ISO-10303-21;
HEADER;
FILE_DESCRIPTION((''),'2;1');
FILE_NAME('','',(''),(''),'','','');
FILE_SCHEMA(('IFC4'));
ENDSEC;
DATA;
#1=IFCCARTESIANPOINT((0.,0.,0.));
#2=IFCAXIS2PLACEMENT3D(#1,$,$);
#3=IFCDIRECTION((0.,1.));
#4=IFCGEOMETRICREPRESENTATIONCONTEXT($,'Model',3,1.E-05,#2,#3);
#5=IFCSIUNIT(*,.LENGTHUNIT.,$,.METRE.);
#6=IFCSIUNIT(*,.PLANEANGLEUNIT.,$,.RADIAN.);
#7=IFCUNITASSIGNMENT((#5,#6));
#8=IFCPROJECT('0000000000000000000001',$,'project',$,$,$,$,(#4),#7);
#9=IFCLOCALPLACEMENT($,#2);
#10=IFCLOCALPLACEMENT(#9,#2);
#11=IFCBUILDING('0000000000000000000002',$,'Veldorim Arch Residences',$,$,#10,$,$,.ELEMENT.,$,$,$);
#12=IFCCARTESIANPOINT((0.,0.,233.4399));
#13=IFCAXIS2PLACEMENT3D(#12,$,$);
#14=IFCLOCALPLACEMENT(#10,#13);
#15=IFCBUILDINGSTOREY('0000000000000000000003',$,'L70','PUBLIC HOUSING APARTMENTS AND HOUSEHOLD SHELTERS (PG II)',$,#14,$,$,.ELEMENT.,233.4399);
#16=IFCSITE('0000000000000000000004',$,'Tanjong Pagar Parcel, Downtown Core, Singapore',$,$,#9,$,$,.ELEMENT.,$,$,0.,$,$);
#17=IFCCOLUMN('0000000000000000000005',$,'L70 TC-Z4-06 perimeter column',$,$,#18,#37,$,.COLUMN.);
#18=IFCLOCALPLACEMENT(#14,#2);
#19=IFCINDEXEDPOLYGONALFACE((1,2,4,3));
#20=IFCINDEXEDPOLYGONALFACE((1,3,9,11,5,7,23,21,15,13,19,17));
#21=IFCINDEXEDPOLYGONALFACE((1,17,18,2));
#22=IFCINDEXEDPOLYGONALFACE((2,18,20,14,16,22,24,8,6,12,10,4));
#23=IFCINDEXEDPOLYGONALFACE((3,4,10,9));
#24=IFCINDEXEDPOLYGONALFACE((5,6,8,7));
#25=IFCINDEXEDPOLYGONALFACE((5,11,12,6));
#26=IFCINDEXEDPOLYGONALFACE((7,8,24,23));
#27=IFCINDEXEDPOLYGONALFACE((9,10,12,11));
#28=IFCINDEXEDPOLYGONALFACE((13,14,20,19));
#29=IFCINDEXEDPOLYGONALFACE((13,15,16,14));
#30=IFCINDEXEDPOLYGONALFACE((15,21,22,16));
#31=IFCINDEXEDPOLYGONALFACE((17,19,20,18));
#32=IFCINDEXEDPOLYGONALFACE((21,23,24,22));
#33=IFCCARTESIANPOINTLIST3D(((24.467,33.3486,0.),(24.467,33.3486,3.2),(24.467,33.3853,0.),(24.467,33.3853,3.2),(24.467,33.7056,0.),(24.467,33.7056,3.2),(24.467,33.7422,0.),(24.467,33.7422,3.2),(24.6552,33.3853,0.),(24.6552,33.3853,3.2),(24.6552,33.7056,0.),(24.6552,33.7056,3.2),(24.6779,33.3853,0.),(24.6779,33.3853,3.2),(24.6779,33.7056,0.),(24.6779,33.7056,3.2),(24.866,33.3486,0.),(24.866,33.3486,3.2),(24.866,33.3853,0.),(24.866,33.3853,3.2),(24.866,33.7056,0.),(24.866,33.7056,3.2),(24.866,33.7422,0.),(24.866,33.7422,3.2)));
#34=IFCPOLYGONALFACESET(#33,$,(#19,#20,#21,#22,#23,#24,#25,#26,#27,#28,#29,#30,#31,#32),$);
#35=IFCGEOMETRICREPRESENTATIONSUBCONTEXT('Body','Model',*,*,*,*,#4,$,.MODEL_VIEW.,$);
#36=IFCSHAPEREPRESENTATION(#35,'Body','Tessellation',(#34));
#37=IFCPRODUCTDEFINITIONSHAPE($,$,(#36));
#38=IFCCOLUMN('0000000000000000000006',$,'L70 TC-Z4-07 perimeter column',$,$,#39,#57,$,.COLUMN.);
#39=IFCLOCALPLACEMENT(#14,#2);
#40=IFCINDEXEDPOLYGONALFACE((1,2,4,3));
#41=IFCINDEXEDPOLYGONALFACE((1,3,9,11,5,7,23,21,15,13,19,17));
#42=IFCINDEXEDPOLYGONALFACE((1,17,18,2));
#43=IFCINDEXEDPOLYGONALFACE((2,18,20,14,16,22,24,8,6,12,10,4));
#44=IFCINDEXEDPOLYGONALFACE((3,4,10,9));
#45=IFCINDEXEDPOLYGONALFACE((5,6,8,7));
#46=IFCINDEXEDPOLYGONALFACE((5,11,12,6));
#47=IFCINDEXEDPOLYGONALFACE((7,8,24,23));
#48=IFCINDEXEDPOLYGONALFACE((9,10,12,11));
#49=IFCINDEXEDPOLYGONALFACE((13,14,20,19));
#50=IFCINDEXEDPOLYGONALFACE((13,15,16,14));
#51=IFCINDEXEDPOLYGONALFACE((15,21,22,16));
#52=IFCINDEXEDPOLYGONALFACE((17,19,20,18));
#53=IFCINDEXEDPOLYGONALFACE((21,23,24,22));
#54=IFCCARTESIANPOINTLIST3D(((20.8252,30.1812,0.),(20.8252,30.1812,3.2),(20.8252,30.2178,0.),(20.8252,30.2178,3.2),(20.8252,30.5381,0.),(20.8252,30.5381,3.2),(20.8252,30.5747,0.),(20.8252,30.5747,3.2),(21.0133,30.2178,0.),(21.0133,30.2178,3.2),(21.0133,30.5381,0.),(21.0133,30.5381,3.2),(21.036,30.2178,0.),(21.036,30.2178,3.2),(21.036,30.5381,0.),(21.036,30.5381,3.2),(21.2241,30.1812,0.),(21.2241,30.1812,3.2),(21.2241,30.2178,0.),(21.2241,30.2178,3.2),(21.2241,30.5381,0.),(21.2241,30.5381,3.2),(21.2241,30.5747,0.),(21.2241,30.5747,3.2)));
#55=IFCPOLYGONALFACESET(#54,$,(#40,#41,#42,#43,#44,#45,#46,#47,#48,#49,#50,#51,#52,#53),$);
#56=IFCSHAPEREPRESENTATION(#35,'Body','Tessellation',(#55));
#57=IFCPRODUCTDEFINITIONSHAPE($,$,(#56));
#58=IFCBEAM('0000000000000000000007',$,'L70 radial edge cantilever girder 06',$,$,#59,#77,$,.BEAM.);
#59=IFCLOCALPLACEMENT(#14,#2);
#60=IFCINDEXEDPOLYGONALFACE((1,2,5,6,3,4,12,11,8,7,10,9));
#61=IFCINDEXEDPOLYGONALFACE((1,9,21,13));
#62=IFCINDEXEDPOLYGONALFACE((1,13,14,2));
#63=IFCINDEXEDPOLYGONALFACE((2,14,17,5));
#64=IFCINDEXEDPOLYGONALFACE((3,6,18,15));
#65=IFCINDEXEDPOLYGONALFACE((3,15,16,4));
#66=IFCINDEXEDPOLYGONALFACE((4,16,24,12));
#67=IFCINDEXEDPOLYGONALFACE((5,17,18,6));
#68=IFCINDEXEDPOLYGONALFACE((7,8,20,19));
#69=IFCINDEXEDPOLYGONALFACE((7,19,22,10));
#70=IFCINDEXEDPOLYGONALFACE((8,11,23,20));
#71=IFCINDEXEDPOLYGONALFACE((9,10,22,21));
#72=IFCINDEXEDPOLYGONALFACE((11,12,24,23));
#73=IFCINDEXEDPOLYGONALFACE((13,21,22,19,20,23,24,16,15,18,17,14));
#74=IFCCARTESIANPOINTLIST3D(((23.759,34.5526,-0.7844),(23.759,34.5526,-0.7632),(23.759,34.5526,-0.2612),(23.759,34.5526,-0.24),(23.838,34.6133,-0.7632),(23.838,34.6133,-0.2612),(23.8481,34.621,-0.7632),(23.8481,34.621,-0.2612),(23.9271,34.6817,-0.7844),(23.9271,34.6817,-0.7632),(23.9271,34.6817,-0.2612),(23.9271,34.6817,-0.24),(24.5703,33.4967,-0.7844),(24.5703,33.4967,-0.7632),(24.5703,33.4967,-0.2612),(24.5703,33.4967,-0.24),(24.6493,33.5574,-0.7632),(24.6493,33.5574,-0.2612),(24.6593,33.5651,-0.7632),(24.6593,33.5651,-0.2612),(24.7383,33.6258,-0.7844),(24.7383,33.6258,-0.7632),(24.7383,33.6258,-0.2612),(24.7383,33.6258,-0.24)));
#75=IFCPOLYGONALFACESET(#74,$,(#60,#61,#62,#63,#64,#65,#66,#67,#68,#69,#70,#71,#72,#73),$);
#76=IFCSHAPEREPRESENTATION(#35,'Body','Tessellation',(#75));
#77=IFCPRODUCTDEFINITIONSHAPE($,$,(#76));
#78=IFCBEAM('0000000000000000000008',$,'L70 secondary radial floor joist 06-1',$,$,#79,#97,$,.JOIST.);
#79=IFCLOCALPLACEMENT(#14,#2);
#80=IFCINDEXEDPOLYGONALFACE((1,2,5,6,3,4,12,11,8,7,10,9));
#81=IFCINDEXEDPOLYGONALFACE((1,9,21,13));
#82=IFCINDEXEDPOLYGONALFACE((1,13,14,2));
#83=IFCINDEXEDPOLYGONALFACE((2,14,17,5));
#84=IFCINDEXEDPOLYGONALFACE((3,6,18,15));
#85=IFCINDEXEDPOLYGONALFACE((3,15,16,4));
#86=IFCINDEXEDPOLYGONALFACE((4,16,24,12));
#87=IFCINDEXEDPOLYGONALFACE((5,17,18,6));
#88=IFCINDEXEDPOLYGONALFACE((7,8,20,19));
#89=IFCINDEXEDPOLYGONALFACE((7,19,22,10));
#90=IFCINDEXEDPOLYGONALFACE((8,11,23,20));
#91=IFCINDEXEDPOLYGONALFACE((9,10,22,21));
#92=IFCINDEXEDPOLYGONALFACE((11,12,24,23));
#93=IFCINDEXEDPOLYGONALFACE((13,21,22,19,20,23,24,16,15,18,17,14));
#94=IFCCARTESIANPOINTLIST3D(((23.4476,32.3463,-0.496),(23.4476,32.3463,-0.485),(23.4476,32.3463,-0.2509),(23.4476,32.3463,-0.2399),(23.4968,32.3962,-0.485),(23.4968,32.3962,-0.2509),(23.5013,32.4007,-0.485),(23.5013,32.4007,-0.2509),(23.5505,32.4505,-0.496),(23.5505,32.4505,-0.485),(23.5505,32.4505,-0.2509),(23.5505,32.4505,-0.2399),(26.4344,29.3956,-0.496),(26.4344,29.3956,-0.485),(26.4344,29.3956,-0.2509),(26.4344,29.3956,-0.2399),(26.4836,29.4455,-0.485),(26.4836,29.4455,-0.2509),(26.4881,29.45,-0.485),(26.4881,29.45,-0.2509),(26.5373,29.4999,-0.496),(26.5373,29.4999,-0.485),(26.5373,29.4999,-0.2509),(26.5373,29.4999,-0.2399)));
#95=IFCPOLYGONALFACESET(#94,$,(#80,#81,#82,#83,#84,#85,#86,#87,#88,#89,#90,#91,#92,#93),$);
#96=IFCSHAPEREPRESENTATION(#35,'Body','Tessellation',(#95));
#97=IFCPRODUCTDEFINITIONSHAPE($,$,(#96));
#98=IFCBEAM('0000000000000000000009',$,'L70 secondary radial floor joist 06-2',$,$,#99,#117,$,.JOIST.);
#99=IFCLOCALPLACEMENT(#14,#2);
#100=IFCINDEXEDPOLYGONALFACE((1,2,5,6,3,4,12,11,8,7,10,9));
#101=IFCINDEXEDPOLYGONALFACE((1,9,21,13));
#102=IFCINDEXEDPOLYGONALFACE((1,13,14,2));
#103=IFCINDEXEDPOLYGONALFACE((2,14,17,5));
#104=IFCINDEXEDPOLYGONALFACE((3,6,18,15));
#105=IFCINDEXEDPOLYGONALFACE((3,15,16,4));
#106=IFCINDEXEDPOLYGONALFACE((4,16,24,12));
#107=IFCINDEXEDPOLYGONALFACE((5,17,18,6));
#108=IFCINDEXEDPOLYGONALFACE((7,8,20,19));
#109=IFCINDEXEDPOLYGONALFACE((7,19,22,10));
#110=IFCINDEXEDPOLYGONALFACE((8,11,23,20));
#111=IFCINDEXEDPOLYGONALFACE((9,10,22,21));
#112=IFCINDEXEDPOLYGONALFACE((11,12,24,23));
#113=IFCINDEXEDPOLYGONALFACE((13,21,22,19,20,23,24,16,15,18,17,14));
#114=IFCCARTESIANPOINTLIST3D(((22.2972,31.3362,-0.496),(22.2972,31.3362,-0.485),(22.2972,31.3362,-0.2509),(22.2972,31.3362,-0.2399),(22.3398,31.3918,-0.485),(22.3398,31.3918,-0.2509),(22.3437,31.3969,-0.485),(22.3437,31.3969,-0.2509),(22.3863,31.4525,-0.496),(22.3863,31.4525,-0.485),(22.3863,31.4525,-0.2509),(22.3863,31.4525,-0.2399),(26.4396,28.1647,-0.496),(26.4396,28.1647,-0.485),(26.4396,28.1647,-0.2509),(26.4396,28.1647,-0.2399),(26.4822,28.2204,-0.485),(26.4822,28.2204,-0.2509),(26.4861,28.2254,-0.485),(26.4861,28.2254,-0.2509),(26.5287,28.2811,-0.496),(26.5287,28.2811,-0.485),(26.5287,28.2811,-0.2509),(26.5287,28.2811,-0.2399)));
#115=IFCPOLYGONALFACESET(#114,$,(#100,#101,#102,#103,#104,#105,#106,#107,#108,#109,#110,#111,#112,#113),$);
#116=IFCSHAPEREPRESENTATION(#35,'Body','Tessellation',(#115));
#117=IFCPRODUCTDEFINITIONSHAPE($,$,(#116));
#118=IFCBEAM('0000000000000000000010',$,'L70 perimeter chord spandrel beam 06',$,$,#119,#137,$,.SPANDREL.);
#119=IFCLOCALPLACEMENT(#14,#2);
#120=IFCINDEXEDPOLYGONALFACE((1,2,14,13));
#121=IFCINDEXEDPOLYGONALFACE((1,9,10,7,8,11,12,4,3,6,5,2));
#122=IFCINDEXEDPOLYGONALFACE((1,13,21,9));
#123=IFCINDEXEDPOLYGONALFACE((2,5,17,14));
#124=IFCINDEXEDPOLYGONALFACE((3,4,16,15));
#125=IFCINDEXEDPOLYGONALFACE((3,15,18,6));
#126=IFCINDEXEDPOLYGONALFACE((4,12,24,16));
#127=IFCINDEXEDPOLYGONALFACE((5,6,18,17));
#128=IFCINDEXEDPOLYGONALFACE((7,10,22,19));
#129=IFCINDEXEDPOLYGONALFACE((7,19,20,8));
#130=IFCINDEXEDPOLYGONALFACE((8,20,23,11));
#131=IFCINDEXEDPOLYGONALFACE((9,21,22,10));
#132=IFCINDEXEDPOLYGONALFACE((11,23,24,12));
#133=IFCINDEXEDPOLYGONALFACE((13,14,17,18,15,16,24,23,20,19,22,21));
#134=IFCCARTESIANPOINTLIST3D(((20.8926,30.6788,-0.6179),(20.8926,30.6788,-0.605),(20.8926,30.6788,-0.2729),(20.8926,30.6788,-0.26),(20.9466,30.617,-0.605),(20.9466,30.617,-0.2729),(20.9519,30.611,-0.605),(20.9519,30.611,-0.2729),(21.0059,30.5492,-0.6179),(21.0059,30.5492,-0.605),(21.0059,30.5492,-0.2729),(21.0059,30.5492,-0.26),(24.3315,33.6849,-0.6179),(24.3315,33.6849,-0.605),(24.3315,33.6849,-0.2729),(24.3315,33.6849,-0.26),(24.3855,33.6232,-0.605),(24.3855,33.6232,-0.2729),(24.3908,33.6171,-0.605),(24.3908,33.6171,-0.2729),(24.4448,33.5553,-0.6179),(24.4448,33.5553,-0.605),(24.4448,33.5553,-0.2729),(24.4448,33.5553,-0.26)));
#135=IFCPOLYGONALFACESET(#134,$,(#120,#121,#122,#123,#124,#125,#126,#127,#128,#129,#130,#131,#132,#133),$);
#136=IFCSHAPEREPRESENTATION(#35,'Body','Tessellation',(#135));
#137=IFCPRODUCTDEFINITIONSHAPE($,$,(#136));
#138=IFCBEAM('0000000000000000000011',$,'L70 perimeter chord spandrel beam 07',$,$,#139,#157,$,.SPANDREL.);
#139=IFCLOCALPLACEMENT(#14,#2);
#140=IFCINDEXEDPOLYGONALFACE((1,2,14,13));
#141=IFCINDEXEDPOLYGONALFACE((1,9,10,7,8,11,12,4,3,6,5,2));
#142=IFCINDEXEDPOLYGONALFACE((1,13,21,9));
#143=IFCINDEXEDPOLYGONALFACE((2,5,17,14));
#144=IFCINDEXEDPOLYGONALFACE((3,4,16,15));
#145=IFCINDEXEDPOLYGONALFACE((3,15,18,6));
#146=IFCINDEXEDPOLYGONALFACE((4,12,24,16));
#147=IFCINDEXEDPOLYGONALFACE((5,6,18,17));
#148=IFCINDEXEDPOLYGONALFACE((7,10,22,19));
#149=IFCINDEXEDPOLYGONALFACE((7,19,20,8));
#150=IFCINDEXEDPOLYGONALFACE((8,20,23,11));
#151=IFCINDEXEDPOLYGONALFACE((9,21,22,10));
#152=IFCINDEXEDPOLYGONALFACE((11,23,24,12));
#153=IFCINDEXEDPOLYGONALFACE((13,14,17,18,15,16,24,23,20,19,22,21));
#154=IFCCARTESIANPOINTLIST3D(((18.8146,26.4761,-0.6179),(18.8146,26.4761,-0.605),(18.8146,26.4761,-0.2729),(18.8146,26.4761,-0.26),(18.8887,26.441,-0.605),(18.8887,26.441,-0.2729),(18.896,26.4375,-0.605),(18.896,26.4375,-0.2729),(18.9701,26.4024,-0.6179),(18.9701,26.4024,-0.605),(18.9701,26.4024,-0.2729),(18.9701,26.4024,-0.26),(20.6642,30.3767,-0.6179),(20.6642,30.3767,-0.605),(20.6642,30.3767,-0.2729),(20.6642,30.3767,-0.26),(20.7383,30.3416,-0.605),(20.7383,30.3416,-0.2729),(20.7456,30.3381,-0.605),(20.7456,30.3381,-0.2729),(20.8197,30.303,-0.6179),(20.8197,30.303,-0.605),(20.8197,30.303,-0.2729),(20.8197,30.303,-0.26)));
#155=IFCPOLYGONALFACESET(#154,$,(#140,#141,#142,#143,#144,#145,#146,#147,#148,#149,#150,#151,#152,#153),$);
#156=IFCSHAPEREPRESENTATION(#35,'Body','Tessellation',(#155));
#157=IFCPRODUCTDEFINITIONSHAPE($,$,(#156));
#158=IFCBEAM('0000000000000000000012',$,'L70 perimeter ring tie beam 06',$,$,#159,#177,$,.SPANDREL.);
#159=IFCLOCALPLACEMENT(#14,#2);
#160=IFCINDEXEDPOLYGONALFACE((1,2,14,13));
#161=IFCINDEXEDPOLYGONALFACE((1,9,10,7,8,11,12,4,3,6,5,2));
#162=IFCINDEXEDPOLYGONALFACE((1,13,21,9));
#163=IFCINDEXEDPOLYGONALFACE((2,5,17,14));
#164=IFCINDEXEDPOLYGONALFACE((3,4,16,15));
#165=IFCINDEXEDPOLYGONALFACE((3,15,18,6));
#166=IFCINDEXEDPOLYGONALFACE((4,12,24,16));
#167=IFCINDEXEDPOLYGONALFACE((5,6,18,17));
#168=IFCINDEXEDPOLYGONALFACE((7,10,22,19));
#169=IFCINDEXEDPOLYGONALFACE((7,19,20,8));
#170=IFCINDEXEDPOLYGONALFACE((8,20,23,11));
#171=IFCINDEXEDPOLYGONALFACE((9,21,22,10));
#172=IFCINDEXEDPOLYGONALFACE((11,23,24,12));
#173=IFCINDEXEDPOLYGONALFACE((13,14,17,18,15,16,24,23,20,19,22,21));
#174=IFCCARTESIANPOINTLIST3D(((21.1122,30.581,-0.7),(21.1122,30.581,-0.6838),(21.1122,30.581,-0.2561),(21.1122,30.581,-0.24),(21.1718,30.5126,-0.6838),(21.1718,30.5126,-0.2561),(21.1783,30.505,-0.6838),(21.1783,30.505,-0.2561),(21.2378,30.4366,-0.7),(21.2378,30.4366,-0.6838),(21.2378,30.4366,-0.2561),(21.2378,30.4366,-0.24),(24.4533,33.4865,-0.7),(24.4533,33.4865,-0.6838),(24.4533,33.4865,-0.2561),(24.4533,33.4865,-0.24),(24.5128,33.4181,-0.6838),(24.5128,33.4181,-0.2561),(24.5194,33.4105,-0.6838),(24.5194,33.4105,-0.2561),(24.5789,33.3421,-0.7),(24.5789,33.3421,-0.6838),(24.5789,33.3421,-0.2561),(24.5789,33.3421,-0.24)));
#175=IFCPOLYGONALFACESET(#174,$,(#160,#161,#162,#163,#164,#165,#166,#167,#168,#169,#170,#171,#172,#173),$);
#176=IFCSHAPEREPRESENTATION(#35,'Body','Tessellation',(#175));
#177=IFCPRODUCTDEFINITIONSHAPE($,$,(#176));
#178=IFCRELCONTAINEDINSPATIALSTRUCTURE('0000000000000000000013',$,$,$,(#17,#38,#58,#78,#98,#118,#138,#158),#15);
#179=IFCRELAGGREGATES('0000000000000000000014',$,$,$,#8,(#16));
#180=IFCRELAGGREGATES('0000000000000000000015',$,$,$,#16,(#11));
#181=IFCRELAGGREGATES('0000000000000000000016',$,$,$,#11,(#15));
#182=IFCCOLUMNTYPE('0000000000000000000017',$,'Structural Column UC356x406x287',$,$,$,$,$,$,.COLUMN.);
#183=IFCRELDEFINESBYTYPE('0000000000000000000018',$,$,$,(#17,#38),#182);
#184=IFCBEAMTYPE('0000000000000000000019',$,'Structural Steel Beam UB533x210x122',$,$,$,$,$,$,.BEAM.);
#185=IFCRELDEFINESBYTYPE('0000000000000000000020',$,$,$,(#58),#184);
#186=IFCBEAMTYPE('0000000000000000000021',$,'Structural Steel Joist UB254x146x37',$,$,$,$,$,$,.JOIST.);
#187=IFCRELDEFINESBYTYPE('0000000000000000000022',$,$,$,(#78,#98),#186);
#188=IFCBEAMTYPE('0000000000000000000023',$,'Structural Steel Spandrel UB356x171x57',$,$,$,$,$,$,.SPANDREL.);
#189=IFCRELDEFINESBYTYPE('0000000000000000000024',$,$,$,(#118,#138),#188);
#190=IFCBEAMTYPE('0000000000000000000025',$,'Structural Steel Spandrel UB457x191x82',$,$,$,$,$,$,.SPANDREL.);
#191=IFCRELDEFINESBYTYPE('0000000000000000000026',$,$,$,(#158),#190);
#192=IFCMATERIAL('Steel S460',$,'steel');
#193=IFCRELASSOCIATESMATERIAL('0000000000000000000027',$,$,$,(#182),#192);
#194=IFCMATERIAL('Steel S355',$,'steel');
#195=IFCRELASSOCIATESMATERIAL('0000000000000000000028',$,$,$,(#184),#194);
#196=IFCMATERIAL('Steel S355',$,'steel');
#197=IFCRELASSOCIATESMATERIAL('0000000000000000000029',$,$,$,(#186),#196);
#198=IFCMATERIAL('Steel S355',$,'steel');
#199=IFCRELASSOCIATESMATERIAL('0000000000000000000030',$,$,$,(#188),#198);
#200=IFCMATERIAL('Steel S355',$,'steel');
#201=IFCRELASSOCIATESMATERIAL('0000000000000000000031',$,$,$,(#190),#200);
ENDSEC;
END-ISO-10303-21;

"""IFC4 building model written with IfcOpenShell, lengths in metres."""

from ifc_helpers import new_model, si_unit, direction, frame, origin, origin_2d, place, context, subcontext, project, spatial, i_section, extrude, material, material_profile, profile_set, type_object, element, save


model = new_model("IFC4")

# Units and contexts
model_context = context("Model", 3, precision=1e-05, world=origin(), true_north=direction((0.0, 1.0)))
body_context = subcontext(model_context, "Body", "Model", "MODEL_VIEW")
ifc_project = project(units=[si_unit("LENGTHUNIT", "METRE"), si_unit("PLANEANGLEUNIT", "RADIAN")], contexts=[model_context])

# Site, building, storey
site_placement = place(None, origin())
site = spatial("IfcSite", under=ifc_project, at=site_placement, Name="Tanjong Pagar Parcel, Downtown Core, Singapore", CompositionType="ELEMENT", RefElevation=0.0)
building_placement = place(site_placement, origin())
building = spatial("IfcBuilding", under=site, at=building_placement, Name="Veldorim Arch Residences", CompositionType="ELEMENT")
storey_placement = place(building_placement, frame((0.0, 0.0, 233.4399)))
storey = spatial("IfcBuildingStorey", under=building, at=storey_placement, Name="L70", Description="PUBLIC HOUSING APARTMENTS AND HOUSEHOLD SHELTERS (PG II)", CompositionType="ELEMENT", Elevation=233.4399)

# Columns
ifc_material_1 = material(Name="Steel S460", Category="steel")
ifc_material_profile_1 = material_profile(ifc_material_1, i_section(OverallWidth=0.3989, OverallDepth=0.3936, WebThickness=0.0227, FlangeThickness=0.0366, at=origin_2d()), Name="UC356x406x287")
ifc_profile_set_1 = profile_set([ifc_material_profile_1], Name="Steel S460")
column_type = type_object("IfcColumnType", Name="Structural Column UC356x406x287", PredefinedType="COLUMN", material=ifc_profile_set_1)
for number, where, z_axis, x_axis, name in (
    (1, (24.6665, 33.5454, 0.0), (0.0, 0.0, 1.0), (1.0, 0.0, 0.0), "L70 TC-Z4-06 perimeter column"),
    (2, (21.0247, 30.3779, 0.0), (0.0, 0.0, 1.0), (1.0, 0.0, 0.0), "L70 TC-Z4-07 perimeter column"),
):
    element("IfcColumn", number, at=place(storey_placement, frame(where, z_axis=z_axis, x_axis=x_axis)), inside=storey, type_object=column_type, Name=name, PredefinedType="COLUMN", context=body_context, shape_type="SweptSolid", body=[
        extrude(i_section(OverallWidth=0.3989, OverallDepth=0.3936, WebThickness=0.0227, FlangeThickness=0.0366, at=origin_2d()), origin(), (0.0, 0.0, 1.0), 3.2),
    ])

# Beams
ifc_material_2 = material(Name="Steel S355", Category="steel")
ifc_material_profile_2 = material_profile(ifc_material_2, i_section(OverallWidth=0.2119, OverallDepth=0.5444, WebThickness=0.0127, FlangeThickness=0.0212, at=origin_2d()), Name="UB533x210x122")
ifc_profile_set_2 = profile_set([ifc_material_profile_2], Name="Steel S355")
beam_type_1 = type_object("IfcBeamType", Name="Structural Steel Beam UB533x210x122", PredefinedType="BEAM", material=ifc_profile_set_2)
beam_1_placement = place(storey_placement, frame((24.6543, 33.5613, -0.5122), z_axis=(-0.609259, 0.792971, 0.0), x_axis=(-0.792971, -0.609259, 0.0)))
element("IfcBeam", 3, at=beam_1_placement, inside=storey, type_object=beam_type_1, Name="L70 radial edge cantilever girder 06", PredefinedType="BEAM", context=body_context, shape_type="SweptSolid", body=[
    extrude(i_section(OverallWidth=0.2119, OverallDepth=0.5444, WebThickness=0.0127, FlangeThickness=0.0212, at=origin_2d()), origin(), (0.0, 0.0, 1.0), 1.3315),
])
ifc_material_3 = material(Name="Steel S355", Category="steel")
ifc_material_profile_3 = material_profile(ifc_material_3, i_section(OverallWidth=0.1465, OverallDepth=0.2561, WebThickness=0.0063, FlangeThickness=0.011, at=origin_2d()), Name="UB254x146x37")
ifc_profile_set_3 = profile_set([ifc_material_profile_3], Name="Steel S355")
beam_type_2 = type_object("IfcBeamType", Name="Structural Steel Joist UB254x146x37", PredefinedType="JOIST", material=ifc_profile_set_3)
beam_2_placement = place(storey_placement, frame((26.4858, 29.4478, -0.3679), z_axis=(-0.711397, 0.702791, 0.0), x_axis=(-0.702791, -0.711397, 0.0)))
element("IfcBeam", 4, at=beam_2_placement, inside=storey, type_object=beam_type_2, Name="L70 secondary radial floor joist 06-1", PredefinedType="JOIST", context=body_context, shape_type="SweptSolid", body=[
    extrude(i_section(OverallWidth=0.1465, OverallDepth=0.2561, WebThickness=0.0063, FlangeThickness=0.011, at=origin_2d()), origin(), (0.0, 0.0, 1.0), 4.1985),
])
beam_3_placement = place(storey_placement, frame((26.4841, 28.2229, -0.3679), z_axis=(-0.794014, 0.6079, 0.0), x_axis=(-0.6079, -0.794014, 0.0)))
element("IfcBeam", 5, at=beam_3_placement, inside=storey, type_object=beam_type_2, Name="L70 secondary radial floor joist 06-2", PredefinedType="JOIST", context=body_context, shape_type="SweptSolid", body=[
    extrude(i_section(OverallWidth=0.1465, OverallDepth=0.2561, WebThickness=0.0063, FlangeThickness=0.011, at=origin_2d()), origin(), (0.0, 0.0, 1.0), 5.217),
])
ifc_material_4 = material(Name="Steel S355", Category="steel")
ifc_material_profile_4 = material_profile(ifc_material_4, i_section(OverallWidth=0.1721, OverallDepth=0.3579, WebThickness=0.0081, FlangeThickness=0.0129, at=origin_2d()), Name="UB356x171x57")
ifc_profile_set_4 = profile_set([ifc_material_profile_4], Name="Steel S355")
beam_type_3 = type_object("IfcBeamType", Name="Structural Steel Spandrel UB356x171x57", PredefinedType="SPANDREL", material=ifc_profile_set_4)
beam_4_placement = place(storey_placement, frame((24.3882, 33.6201, -0.439), z_axis=(-0.752901, -0.658134, 0.0), x_axis=(0.658134, -0.752901, 0.0)))
element("IfcBeam", 6, at=beam_4_placement, inside=storey, type_object=beam_type_3, Name="L70 perimeter chord spandrel beam 06", PredefinedType="SPANDREL", context=body_context, shape_type="SweptSolid", body=[
    extrude(i_section(OverallWidth=0.1721, OverallDepth=0.3579, WebThickness=0.0081, FlangeThickness=0.0129, at=origin_2d()), origin(), (0.0, 0.0, 1.0), 4.5676),
])
beam_5_placement = place(storey_placement, frame((20.7419, 30.3398, -0.439), z_axis=(-0.428453, -0.903564, 0.0), x_axis=(0.903564, -0.428453, 0.0)))
element("IfcBeam", 7, at=beam_5_placement, inside=storey, type_object=beam_type_3, Name="L70 perimeter chord spandrel beam 07", PredefinedType="SPANDREL", context=body_context, shape_type="SweptSolid", body=[
    extrude(i_section(OverallWidth=0.1721, OverallDepth=0.3579, WebThickness=0.0081, FlangeThickness=0.0129, at=origin_2d()), origin(), (0.0, 0.0, 1.0), 4.3169),
])
ifc_material_5 = material(Name="Steel S355", Category="steel")
ifc_material_profile_5 = material_profile(ifc_material_5, i_section(OverallWidth=0.1914, OverallDepth=0.46, WebThickness=0.01, FlangeThickness=0.0161, at=origin_2d()), Name="UB457x191x82")
ifc_profile_set_5 = profile_set([ifc_material_profile_5], Name="Steel S355")
beam_type_4 = type_object("IfcBeamType", Name="Structural Steel Spandrel UB457x191x82", PredefinedType="SPANDREL", material=ifc_profile_set_5)
beam_6_placement = place(storey_placement, frame((24.5161, 33.4143, -0.47), z_axis=(-0.754578, -0.65621, 0.0), x_axis=(0.65621, -0.754578, 0.0)))
element("IfcBeam", 8, at=beam_6_placement, inside=storey, type_object=beam_type_4, Name="L70 perimeter ring tie beam 06", PredefinedType="SPANDREL", context=body_context, shape_type="SweptSolid", body=[
    extrude(i_section(OverallWidth=0.1914, OverallDepth=0.46, WebThickness=0.01, FlangeThickness=0.0161, at=origin_2d()), origin(), (0.0, 0.0, 1.0), 4.4277),
])

save(model, "model.ifc")
